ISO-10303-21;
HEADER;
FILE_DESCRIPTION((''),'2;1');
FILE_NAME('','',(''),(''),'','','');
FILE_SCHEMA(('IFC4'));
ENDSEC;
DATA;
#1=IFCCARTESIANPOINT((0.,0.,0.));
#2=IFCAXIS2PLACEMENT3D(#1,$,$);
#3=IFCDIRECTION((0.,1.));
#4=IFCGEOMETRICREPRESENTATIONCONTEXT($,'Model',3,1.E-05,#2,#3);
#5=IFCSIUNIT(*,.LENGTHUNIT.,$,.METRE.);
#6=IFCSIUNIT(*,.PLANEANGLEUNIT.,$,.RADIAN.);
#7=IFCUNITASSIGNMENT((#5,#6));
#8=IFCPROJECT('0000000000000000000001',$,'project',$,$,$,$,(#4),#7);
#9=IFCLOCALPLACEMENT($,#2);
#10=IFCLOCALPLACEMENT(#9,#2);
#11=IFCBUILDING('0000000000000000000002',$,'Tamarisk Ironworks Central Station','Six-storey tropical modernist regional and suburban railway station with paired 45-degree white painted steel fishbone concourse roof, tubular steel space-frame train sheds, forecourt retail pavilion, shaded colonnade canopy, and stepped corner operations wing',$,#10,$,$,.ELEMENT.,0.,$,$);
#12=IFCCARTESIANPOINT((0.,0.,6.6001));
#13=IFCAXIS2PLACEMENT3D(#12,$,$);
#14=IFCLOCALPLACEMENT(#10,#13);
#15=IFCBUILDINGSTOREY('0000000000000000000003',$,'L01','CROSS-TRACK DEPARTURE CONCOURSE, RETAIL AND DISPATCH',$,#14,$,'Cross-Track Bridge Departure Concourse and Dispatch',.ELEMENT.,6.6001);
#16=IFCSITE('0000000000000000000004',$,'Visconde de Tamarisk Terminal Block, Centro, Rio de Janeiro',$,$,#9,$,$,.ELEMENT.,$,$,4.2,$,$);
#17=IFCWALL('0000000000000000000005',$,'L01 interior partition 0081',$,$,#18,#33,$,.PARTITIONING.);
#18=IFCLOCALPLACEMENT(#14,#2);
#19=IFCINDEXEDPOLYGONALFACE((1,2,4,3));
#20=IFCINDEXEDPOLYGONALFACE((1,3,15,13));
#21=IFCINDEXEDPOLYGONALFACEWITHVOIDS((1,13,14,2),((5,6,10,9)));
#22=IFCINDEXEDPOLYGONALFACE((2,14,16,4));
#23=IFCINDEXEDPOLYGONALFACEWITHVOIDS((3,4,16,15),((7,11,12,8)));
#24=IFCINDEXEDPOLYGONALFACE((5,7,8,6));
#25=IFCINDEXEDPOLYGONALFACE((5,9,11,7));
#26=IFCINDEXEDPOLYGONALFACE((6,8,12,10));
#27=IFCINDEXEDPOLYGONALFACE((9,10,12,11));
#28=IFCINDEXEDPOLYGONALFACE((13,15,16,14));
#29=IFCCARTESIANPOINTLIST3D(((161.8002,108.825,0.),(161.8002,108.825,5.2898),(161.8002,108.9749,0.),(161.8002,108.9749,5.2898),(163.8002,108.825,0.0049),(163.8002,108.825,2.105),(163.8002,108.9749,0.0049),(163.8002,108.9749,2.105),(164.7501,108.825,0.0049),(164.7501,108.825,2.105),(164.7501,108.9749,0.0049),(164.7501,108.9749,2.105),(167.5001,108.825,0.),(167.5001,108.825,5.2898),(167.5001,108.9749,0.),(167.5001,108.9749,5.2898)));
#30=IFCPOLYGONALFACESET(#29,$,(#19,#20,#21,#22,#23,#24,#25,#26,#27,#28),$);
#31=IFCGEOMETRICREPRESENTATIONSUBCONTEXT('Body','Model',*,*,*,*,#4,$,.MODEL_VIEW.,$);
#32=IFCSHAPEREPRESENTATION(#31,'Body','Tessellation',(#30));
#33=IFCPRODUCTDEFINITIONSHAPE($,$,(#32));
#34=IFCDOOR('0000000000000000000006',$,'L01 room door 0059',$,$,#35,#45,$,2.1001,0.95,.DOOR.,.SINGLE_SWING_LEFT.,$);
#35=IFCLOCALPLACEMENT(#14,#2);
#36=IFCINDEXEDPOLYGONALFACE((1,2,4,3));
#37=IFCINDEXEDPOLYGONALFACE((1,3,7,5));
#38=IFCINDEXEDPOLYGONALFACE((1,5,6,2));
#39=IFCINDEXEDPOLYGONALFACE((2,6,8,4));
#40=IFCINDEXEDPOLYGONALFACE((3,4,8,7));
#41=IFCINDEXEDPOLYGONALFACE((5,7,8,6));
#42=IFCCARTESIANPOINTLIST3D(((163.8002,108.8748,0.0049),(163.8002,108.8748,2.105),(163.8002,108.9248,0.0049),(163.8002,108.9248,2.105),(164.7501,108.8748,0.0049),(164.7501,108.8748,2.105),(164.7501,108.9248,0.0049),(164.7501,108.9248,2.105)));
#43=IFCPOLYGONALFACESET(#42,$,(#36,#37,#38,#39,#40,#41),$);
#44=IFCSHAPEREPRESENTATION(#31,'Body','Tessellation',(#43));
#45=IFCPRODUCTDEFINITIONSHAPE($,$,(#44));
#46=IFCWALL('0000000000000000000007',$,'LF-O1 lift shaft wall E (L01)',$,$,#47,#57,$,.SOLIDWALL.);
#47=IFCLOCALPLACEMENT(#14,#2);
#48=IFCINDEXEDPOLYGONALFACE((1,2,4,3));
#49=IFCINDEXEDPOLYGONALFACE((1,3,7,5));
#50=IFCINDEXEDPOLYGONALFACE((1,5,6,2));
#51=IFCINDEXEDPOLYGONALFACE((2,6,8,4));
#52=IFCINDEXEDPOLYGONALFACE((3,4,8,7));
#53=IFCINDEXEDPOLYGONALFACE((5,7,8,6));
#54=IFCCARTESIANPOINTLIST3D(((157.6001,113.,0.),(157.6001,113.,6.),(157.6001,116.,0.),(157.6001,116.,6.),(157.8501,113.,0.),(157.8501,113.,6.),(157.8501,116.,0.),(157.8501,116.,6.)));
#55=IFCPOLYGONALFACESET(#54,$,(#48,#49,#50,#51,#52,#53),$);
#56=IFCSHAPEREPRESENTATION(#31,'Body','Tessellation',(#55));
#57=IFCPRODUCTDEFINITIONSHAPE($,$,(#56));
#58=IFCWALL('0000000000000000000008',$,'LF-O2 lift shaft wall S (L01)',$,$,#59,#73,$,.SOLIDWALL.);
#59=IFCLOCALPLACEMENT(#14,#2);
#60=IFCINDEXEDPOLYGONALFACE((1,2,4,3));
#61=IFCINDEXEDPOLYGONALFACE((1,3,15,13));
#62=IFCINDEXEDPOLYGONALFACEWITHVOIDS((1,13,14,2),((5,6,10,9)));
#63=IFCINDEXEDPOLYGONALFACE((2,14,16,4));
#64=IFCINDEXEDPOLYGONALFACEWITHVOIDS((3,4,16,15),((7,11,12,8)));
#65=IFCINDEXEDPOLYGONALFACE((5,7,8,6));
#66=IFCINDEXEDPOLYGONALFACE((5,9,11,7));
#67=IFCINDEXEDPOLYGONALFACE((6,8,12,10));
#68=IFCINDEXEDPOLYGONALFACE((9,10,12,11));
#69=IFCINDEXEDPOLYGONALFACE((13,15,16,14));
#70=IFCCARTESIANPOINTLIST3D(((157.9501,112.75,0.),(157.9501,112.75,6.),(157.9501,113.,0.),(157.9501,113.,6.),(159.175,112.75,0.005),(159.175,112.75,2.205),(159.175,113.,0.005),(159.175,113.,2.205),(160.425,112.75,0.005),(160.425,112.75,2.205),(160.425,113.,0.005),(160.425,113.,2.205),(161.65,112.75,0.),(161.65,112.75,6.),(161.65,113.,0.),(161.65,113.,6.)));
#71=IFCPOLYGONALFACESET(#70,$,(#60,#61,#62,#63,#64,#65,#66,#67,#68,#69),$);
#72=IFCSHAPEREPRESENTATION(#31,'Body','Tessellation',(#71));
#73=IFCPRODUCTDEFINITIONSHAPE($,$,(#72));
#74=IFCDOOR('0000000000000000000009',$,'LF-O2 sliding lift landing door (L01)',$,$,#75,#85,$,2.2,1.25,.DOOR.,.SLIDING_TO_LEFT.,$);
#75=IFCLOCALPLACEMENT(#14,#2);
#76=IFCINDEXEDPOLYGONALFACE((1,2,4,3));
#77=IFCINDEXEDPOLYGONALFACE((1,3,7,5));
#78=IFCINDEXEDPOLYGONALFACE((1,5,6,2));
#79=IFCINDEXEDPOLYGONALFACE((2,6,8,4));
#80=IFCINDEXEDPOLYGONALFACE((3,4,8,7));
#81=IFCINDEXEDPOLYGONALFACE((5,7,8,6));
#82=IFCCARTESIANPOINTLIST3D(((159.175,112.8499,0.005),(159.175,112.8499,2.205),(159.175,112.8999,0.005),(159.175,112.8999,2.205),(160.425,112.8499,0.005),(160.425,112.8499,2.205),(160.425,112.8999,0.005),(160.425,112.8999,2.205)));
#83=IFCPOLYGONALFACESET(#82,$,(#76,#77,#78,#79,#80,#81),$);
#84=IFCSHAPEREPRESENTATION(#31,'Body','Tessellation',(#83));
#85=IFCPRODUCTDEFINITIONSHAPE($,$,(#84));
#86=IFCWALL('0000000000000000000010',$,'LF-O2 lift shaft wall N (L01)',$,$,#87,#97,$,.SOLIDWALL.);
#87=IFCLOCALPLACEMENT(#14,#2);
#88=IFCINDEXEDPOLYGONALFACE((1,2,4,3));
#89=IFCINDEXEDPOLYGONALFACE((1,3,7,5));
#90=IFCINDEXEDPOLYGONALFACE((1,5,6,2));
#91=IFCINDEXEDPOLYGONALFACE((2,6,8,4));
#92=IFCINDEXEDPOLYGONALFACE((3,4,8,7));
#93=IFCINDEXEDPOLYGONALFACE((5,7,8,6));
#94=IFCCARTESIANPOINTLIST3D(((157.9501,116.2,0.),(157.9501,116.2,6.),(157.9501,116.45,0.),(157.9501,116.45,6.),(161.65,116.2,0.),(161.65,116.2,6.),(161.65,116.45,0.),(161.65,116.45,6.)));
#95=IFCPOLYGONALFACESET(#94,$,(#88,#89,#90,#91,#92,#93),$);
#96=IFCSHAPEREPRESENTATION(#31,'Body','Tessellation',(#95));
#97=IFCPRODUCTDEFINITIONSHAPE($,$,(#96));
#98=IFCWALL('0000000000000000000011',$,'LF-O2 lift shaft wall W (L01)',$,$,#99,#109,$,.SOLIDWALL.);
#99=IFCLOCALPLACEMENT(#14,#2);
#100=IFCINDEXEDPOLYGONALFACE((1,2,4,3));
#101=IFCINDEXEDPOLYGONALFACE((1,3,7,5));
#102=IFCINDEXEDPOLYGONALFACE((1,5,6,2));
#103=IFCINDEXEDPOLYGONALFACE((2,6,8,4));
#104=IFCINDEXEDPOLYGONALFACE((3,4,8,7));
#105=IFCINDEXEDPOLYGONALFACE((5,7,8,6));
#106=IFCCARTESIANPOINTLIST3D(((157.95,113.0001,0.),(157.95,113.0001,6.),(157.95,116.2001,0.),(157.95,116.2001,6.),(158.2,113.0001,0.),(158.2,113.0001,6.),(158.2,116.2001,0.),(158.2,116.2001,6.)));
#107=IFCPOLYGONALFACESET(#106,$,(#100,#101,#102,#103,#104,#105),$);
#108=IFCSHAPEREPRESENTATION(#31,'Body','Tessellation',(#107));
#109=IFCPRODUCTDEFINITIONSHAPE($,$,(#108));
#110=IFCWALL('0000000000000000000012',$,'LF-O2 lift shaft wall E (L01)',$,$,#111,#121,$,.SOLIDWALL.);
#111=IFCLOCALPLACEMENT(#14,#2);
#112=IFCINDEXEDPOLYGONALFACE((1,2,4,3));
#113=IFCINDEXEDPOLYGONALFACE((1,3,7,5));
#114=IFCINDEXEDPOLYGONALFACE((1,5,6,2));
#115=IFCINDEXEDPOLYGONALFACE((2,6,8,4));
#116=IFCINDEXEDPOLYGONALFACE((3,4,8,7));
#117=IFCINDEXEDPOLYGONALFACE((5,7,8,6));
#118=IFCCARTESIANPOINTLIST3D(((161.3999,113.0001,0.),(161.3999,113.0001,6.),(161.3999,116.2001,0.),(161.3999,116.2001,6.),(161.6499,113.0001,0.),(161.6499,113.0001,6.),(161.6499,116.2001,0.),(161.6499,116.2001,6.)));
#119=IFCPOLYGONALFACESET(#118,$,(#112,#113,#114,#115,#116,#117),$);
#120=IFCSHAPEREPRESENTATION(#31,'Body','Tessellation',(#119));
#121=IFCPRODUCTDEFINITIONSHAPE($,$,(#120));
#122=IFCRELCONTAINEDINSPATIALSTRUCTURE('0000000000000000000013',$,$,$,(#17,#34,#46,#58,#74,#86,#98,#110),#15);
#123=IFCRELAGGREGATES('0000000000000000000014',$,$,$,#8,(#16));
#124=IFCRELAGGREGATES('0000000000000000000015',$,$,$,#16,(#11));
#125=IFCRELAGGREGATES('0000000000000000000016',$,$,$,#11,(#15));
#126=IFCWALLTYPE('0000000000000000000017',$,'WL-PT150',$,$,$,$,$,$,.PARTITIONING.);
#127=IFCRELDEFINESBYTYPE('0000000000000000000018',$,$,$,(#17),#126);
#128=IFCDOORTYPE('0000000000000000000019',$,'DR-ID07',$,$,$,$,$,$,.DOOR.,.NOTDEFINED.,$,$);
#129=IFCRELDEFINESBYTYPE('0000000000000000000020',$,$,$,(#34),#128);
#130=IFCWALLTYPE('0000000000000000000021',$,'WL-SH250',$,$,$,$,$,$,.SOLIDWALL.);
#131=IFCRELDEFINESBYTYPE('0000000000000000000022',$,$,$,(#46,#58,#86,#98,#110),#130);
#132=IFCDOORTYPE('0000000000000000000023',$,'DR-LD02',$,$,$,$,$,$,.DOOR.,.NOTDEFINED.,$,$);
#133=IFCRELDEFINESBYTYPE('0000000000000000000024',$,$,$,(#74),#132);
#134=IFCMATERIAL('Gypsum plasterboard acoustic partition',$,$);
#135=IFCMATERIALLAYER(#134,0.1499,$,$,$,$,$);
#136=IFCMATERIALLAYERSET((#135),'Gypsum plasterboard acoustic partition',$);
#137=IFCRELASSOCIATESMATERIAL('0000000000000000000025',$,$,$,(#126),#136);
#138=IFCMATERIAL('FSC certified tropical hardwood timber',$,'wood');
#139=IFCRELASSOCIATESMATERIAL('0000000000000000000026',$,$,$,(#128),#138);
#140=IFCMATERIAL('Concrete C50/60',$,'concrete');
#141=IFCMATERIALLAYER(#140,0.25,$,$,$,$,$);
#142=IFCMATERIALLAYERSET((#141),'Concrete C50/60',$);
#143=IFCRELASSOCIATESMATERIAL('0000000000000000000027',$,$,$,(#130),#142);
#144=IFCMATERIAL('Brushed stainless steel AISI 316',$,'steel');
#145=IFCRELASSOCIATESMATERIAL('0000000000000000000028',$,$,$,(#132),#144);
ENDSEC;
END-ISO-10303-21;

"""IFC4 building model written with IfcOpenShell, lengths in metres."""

from ifc_helpers import new_model, si_unit, direction, frame, frame_2d, origin, place, context, subcontext, project, spatial, rectangle, extrude, material, layer, layer_set, type_object, element, fill, save


model = new_model("IFC4")

# Units and contexts
model_context = context("Model", 3, precision=1e-05, world=origin(), true_north=direction((0.0, 1.0)))
body_context = subcontext(model_context, "Body", "Model", "MODEL_VIEW")
ifc_project = project(units=[si_unit("LENGTHUNIT", "METRE"), si_unit("PLANEANGLEUNIT", "RADIAN")], contexts=[model_context])

# Site, building, storey
site_placement = place(None, origin())
site = spatial("IfcSite", under=ifc_project, at=site_placement, Name="Visconde de Tamarisk Terminal Block, Centro, Rio de Janeiro", CompositionType="ELEMENT", RefElevation=4.2)
building_placement = place(site_placement, origin())
building = spatial("IfcBuilding", under=site, at=building_placement, Name="Tamarisk Ironworks Central Station", Description="Six-storey tropical modernist regional and suburban railway station with paired 45-degree white painted steel fishbone concourse roof, tubular steel space-frame train sheds, forecourt retail pavilion, shaded colonnade canopy, and stepped corner operations wing", CompositionType="ELEMENT", ElevationOfRefHeight=0.0)
storey_placement = place(building_placement, frame((0.0, 0.0, 6.6001)))
storey = spatial("IfcBuildingStorey", under=building, at=storey_placement, Name="L01", Description="CROSS-TRACK DEPARTURE CONCOURSE, RETAIL AND DISPATCH", LongName="Cross-Track Bridge Departure Concourse and Dispatch", CompositionType="ELEMENT", Elevation=6.6001)

# Shared definitions
ifc_material_1 = material(Name="Concrete C50/60", Category="concrete")

# Shared definitions
ifc_material_2 = material(Name="Gypsum plasterboard acoustic partition")
ifc_material_3 = material(Name="FSC certified tropical hardwood timber", Category="wood")

# Wall, opening, door
ifc_layer_1 = layer(ifc_material_2, 0.1499)
ifc_layer_set_1 = layer_set([ifc_layer_1], Name="Gypsum plasterboard acoustic partition")
wall_type_1 = type_object("IfcWallType", Name="WL-PT150", PredefinedType="PARTITIONING", material=ifc_layer_set_1)
wall_1_placement = place(storey_placement, frame((161.8, 108.8999, 0.0), z_axis=(0.0, 0.0, 1.0), x_axis=(1.0, 0.0, 0.0)))
wall_1 = element("IfcWall", 1, at=wall_1_placement, inside=storey, type_object=wall_type_1, Name="L01 interior partition 0081", PredefinedType="PARTITIONING", context=body_context, shape_type="SweptSolid", body=[
    extrude(rectangle(XDim=5.7, YDim=0.1499, at=frame_2d((2.8501, 0.0))), origin(), (0.0, 0.0, 1.0), 5.2898),
])
opening_1_placement = place(wall_1_placement, frame((2.0, 0.0, 0.0049)))
opening_1 = element("IfcOpeningElement", 2, at=opening_1_placement, cuts=wall_1, PredefinedType="OPENING", context=body_context, shape_type="SweptSolid", body=[
    extrude(rectangle(XDim=0.95, YDim=2.1001, at=frame_2d((0.4751, 1.05))), frame((0.0, 0.0869, 0.0), z_axis=(0.0, -1.0, 0.0), x_axis=(1.0, 0.0, 0.0)), (0.0, 0.0, 1.0), 0.1738),
])
door_type_1 = type_object("IfcDoorType", Name="DR-ID07", OperationType="NOTDEFINED", PredefinedType="DOOR", material=ifc_material_3)
door_1_placement = place(opening_1_placement, origin())
door_1 = element("IfcDoor", 3, at=door_1_placement, inside=storey, type_object=door_type_1, Name="L01 room door 0059", OperationType="SINGLE_SWING_LEFT", OverallHeight=2.1001, OverallWidth=0.95, PredefinedType="DOOR", context=body_context, shape_type="SweptSolid", body=[
    extrude(rectangle(XDim=0.95, YDim=2.1001, at=frame_2d((0.4751, 1.05))), frame((0.0, 0.0249, 0.0), z_axis=(0.0, -1.0, 0.0), x_axis=(1.0, 0.0, 0.0)), (0.0, 0.0, 1.0), 0.05),
])
fill(opening_1, door_1)

# Wall
ifc_layer_2 = layer(ifc_material_1, 0.25)
ifc_layer_set_2 = layer_set([ifc_layer_2], Name="Concrete C50/60")
wall_type_2 = type_object("IfcWallType", Name="WL-SH250", PredefinedType="SOLIDWALL", material=ifc_layer_set_2)
wall_2_placement = place(storey_placement, frame((157.7251, 113.0, 0.0), z_axis=(0.0, 0.0, 1.0), x_axis=(0.0, 1.0, 0.0)))
element("IfcWall", 4, at=wall_2_placement, inside=storey, type_object=wall_type_2, Name="LF-O1 lift shaft wall E (L01)", PredefinedType="SOLIDWALL", context=body_context, shape_type="SweptSolid", body=[
    extrude(rectangle(XDim=3.0, YDim=0.25, at=frame_2d((1.5, 0.0))), origin(), (0.0, 0.0, 1.0), 6.0),
])

# Wall, opening, door
wall_3_placement = place(storey_placement, frame((157.95, 112.875, 0.0), z_axis=(0.0, 0.0, 1.0), x_axis=(1.0, 0.0, 0.0)))
wall_3 = element("IfcWall", 5, at=wall_3_placement, inside=storey, type_object=wall_type_2, Name="LF-O2 lift shaft wall S (L01)", PredefinedType="SOLIDWALL", context=body_context, shape_type="SweptSolid", body=[
    extrude(rectangle(XDim=3.7, YDim=0.25, at=frame_2d((1.8501, 0.0))), origin(), (0.0, 0.0, 1.0), 6.0),
])
opening_2_placement = place(wall_3_placement, frame((1.2251, 0.0, 0.0049)))
opening_2 = element("IfcOpeningElement", 6, at=opening_2_placement, cuts=wall_3, PredefinedType="OPENING", context=body_context, shape_type="SweptSolid", body=[
    extrude(rectangle(XDim=1.25, YDim=2.2, at=frame_2d((0.625, 1.1001))), frame((0.0, 0.137, 0.0), z_axis=(0.0, -1.0, 0.0), x_axis=(1.0, 0.0, 0.0)), (0.0, 0.0, 1.0), 0.2739),
])
ifc_material_4 = material(Name="Brushed stainless steel AISI 316", Category="steel")
door_type_2 = type_object("IfcDoorType", Name="DR-LD02", OperationType="NOTDEFINED", PredefinedType="DOOR", material=ifc_material_4)
door_2_placement = place(opening_2_placement, origin())
door_2 = element("IfcDoor", 7, at=door_2_placement, inside=storey, type_object=door_type_2, Name="LF-O2 sliding lift landing door (L01)", OperationType="SLIDING_TO_LEFT", OverallHeight=2.2, OverallWidth=1.25, PredefinedType="DOOR", context=body_context, shape_type="SweptSolid", body=[
    extrude(rectangle(XDim=1.25, YDim=2.2, at=frame_2d((0.625, 1.1001))), frame((0.0, 0.0249, 0.0), z_axis=(0.0, -1.0, 0.0), x_axis=(1.0, 0.0, 0.0)), (0.0, 0.0, 1.0), 0.05),
])
fill(opening_2, door_2)

# Walls
wall_4_placement = place(storey_placement, frame((157.95, 116.325, 0.0), z_axis=(0.0, 0.0, 1.0), x_axis=(1.0, 0.0, 0.0)))
element("IfcWall", 8, at=wall_4_placement, inside=storey, type_object=wall_type_2, Name="LF-O2 lift shaft wall N (L01)", PredefinedType="SOLIDWALL", context=body_context, shape_type="SweptSolid", body=[
    extrude(rectangle(XDim=3.7, YDim=0.25, at=frame_2d((1.8501, 0.0))), origin(), (0.0, 0.0, 1.0), 6.0),
])
for number, where, z_axis, x_axis, name in (
    (9, (158.075, 113.0, 0.0), (0.0, 0.0, 1.0), (0.0, 1.0, 0.0), "LF-O2 lift shaft wall W (L01)"),
    (10, (161.5249, 113.0, 0.0), (0.0, 0.0, 1.0), (0.0, 1.0, 0.0), "LF-O2 lift shaft wall E (L01)"),
):
    element("IfcWall", number, at=place(storey_placement, frame(where, z_axis=z_axis, x_axis=x_axis)), inside=storey, type_object=wall_type_2, Name=name, PredefinedType="SOLIDWALL", context=body_context, shape_type="SweptSolid", body=[
        extrude(rectangle(XDim=3.2, YDim=0.25, at=frame_2d((1.6001, 0.0))), origin(), (0.0, 0.0, 1.0), 6.0),
    ])

save(model, "model.ifc")
